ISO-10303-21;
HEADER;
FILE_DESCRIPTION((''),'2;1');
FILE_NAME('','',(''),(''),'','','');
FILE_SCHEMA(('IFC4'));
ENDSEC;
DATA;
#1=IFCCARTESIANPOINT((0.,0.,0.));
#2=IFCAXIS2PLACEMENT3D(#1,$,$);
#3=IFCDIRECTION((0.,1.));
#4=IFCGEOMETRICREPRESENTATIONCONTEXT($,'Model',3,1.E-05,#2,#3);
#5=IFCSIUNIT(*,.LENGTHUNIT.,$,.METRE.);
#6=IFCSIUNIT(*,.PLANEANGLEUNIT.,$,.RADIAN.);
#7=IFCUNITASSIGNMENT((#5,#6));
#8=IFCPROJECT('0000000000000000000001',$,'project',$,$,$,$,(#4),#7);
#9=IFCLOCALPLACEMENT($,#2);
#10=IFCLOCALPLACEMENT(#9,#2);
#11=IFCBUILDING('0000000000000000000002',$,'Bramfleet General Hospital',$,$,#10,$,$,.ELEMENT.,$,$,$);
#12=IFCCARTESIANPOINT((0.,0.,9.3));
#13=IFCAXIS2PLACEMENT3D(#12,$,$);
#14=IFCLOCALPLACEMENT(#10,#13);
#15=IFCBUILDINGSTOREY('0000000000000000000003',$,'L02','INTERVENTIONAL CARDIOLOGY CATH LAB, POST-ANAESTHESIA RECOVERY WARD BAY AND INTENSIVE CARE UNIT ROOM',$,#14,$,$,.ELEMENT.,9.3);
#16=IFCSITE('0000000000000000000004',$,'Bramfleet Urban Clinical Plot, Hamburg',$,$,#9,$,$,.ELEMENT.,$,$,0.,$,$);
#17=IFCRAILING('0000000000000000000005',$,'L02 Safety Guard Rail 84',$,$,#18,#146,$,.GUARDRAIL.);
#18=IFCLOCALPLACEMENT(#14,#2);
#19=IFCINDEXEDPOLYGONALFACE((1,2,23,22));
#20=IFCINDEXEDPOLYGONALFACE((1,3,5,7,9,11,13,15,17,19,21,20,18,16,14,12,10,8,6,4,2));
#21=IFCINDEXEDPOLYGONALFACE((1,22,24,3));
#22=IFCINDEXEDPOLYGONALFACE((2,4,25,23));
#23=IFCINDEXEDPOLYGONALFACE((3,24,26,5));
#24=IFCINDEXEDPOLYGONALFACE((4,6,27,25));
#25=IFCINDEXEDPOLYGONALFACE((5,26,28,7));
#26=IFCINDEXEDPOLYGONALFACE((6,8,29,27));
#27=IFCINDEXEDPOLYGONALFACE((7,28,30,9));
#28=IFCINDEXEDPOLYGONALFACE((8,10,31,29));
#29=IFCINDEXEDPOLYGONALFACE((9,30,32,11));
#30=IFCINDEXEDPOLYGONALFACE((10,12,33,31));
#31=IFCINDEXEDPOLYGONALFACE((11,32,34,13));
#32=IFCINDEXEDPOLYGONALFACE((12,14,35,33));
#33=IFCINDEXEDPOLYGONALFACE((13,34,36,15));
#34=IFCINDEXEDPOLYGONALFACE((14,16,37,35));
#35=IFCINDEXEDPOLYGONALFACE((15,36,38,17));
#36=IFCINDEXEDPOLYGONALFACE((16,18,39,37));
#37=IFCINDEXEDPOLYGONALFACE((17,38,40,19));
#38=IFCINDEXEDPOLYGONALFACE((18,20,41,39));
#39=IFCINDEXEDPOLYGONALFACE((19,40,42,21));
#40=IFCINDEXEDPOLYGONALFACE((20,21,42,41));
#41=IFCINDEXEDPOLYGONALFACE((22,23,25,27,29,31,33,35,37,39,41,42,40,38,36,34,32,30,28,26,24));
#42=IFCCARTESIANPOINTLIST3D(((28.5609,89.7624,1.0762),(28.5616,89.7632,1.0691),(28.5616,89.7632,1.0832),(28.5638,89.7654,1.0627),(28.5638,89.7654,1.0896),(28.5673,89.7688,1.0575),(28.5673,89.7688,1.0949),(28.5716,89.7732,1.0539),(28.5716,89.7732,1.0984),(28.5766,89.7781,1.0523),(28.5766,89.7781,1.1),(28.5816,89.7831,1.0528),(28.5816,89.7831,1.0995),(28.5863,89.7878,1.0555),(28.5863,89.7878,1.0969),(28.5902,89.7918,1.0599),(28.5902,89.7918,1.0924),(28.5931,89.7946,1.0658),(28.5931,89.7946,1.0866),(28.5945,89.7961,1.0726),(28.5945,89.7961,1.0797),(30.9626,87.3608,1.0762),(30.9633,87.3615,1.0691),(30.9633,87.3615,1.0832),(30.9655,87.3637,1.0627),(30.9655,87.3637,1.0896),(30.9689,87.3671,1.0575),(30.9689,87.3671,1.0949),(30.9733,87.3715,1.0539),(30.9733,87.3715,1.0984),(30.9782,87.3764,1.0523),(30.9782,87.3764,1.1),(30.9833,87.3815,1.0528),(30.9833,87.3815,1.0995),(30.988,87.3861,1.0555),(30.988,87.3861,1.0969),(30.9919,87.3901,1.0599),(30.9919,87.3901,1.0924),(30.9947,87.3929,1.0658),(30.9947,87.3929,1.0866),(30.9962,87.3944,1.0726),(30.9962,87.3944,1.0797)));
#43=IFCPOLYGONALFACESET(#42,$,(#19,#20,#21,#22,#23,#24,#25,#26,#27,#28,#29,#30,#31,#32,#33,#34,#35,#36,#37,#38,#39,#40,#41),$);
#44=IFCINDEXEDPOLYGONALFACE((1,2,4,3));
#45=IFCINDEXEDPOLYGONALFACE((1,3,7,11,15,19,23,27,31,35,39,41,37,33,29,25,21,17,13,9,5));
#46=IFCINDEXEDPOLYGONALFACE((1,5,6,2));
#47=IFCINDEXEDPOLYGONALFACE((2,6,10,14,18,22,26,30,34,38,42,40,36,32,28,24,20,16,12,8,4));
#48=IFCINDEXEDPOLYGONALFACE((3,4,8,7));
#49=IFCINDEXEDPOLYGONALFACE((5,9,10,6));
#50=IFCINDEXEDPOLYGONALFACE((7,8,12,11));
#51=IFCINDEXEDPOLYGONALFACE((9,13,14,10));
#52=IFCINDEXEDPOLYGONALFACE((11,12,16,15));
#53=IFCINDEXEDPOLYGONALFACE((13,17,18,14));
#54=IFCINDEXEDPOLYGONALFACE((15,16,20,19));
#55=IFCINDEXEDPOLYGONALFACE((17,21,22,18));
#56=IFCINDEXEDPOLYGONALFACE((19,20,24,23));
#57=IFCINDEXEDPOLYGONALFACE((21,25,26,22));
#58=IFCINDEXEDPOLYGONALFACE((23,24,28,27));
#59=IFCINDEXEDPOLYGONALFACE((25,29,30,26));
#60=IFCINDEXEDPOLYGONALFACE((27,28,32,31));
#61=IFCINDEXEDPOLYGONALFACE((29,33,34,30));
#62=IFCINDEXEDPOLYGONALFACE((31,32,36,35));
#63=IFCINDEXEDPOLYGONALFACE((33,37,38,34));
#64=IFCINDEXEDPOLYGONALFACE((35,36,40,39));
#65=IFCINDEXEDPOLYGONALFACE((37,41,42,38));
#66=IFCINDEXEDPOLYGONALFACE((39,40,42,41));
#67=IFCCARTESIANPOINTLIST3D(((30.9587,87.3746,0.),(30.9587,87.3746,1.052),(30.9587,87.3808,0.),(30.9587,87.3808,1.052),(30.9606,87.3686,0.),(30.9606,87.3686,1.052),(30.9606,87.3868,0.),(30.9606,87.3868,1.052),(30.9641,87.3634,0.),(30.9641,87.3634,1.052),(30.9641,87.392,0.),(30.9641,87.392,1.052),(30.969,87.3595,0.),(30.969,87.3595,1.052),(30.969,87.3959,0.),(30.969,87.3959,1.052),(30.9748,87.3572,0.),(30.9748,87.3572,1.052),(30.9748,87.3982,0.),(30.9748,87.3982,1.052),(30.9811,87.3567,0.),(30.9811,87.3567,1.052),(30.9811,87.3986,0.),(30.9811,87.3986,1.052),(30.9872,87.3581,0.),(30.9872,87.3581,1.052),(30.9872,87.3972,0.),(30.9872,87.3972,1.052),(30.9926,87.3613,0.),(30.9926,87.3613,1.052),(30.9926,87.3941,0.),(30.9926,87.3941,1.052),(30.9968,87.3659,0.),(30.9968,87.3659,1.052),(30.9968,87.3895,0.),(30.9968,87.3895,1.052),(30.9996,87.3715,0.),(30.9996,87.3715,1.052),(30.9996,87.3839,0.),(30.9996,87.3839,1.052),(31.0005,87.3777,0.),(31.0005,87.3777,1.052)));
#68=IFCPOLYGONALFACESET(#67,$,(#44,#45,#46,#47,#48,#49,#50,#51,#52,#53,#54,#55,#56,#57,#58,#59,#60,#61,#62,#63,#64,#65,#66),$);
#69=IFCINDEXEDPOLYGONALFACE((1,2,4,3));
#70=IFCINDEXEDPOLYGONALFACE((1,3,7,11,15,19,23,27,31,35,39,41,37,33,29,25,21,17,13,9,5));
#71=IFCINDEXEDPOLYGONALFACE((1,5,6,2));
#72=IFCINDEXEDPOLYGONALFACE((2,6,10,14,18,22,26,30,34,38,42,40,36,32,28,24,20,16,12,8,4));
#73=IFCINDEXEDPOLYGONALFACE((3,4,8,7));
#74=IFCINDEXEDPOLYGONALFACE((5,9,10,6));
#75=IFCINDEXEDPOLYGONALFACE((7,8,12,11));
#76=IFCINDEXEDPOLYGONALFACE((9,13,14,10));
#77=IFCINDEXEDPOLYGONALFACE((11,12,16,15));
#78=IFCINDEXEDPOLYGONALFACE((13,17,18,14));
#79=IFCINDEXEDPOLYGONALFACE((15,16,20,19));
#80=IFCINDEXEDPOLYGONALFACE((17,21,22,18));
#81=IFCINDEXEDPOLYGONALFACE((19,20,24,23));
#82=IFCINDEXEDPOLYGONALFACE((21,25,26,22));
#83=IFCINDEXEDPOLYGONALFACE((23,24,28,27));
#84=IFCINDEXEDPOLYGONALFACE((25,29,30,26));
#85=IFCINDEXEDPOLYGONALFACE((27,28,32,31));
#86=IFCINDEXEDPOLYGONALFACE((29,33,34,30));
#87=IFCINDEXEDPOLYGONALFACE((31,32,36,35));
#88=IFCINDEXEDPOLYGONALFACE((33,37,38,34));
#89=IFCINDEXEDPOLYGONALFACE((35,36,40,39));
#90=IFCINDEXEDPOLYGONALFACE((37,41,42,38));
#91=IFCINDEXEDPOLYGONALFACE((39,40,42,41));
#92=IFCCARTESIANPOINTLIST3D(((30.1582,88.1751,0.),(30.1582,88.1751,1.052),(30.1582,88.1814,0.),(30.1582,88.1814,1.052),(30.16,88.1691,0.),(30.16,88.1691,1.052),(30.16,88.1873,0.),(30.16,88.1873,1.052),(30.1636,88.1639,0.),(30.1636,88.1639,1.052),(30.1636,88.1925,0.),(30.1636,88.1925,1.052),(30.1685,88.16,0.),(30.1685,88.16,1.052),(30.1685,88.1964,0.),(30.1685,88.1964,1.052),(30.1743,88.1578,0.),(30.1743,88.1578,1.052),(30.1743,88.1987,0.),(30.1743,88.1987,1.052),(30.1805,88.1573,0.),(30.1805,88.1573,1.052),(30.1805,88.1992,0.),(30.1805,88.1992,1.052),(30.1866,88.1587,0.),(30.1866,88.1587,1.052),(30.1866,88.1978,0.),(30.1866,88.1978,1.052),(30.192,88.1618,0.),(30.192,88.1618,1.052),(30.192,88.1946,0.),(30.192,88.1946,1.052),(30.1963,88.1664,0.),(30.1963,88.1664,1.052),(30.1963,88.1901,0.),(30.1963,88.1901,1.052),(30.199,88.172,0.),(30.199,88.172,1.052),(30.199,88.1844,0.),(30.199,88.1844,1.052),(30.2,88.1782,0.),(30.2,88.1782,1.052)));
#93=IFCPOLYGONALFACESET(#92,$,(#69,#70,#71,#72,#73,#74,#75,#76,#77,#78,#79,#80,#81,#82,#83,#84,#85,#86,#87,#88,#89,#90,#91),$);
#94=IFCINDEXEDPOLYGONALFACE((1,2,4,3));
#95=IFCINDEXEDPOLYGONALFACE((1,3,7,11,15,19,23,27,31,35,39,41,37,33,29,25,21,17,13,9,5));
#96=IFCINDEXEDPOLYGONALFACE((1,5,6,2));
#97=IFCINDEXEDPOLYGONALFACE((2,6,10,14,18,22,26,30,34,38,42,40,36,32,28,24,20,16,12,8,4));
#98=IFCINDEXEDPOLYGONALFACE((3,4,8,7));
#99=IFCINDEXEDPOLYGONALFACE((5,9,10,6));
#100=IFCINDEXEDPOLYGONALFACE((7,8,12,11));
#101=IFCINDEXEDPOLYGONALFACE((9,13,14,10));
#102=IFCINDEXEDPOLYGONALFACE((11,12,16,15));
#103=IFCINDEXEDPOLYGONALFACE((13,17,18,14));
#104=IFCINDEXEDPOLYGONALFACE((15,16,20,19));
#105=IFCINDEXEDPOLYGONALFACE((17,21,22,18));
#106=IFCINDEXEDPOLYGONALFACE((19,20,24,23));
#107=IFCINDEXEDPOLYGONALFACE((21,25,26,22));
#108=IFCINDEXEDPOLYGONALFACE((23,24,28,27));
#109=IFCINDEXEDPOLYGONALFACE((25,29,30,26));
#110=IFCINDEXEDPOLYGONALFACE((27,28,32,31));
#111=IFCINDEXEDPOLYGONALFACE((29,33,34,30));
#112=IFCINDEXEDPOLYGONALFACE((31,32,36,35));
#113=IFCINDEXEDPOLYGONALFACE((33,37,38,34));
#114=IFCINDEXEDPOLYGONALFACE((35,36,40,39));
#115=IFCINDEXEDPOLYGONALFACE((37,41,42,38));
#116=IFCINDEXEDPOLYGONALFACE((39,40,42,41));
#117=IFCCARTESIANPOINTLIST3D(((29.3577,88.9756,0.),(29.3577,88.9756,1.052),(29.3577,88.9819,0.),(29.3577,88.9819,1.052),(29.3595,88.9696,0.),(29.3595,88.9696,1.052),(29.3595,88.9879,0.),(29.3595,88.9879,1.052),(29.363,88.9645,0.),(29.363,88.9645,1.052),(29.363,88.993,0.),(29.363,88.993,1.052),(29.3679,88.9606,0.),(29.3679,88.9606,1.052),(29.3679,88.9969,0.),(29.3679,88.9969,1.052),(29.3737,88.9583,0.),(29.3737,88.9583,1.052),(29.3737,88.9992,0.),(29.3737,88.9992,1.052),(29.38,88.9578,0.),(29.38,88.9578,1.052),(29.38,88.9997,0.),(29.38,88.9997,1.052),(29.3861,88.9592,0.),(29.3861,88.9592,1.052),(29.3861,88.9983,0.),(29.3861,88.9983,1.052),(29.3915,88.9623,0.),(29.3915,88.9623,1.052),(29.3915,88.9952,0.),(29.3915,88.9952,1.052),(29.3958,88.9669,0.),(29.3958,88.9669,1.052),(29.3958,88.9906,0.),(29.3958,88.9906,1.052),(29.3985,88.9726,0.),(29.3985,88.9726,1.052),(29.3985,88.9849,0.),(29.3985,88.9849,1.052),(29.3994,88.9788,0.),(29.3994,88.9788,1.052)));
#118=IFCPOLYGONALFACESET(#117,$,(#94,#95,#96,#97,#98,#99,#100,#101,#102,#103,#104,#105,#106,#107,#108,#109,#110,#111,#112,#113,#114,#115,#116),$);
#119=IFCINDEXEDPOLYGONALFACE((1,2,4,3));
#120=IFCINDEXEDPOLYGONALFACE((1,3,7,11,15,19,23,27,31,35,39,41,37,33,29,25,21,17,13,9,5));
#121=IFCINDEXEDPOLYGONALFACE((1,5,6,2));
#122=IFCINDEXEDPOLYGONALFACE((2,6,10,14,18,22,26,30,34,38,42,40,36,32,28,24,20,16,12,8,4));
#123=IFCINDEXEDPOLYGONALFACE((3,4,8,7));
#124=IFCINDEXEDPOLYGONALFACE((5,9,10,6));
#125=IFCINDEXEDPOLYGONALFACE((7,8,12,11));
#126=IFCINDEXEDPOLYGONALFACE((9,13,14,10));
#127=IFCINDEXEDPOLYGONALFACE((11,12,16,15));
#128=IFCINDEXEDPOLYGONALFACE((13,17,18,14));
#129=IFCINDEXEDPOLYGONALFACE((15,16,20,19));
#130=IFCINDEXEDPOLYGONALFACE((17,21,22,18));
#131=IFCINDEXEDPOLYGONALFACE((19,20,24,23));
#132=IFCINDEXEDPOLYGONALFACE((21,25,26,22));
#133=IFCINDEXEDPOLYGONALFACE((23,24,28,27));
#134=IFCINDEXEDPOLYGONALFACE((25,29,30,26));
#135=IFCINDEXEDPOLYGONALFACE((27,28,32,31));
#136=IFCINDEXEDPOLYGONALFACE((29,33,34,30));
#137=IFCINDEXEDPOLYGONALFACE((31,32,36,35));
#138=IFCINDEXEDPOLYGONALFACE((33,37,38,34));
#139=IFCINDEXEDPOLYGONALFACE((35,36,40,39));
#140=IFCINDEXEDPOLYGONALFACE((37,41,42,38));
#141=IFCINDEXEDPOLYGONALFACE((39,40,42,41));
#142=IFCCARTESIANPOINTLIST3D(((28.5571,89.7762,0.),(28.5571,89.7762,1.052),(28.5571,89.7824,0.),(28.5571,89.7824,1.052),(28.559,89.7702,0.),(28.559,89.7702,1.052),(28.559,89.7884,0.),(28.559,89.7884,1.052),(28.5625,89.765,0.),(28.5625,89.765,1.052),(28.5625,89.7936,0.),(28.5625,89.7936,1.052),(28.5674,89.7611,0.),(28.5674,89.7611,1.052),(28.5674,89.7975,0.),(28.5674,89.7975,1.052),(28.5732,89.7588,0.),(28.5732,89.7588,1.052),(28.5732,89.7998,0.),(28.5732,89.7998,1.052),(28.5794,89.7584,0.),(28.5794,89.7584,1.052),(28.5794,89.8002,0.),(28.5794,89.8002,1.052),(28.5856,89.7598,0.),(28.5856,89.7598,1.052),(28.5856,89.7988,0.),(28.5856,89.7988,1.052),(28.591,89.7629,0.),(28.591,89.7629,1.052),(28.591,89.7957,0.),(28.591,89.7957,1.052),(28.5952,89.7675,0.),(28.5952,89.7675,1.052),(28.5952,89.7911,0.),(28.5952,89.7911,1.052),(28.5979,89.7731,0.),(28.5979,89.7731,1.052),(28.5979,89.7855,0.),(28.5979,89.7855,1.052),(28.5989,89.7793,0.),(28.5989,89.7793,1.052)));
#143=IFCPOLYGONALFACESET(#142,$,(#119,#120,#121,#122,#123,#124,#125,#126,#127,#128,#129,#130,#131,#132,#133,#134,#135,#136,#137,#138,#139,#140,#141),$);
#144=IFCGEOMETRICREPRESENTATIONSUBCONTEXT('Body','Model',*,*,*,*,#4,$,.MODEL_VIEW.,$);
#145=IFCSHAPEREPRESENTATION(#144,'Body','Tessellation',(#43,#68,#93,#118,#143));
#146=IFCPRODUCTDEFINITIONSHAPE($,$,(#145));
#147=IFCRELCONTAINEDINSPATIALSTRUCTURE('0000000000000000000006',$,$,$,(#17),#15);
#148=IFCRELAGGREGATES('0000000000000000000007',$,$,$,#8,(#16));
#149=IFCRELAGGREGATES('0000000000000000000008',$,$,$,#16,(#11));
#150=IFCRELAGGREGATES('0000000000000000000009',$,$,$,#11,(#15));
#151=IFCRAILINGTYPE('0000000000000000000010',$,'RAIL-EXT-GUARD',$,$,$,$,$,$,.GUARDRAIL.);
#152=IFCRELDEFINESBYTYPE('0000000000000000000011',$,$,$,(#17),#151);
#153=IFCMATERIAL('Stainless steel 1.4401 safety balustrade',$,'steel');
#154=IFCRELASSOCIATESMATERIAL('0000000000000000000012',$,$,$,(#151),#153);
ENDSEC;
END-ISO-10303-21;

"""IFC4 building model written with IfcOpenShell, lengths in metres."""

from ifc_helpers import new_model, si_unit, direction, frame, origin, origin_2d, place, context, subcontext, project, spatial, circle, extrude, material, type_object, element, save


model = new_model("IFC4")

# Units and contexts
model_context = context("Model", 3, precision=1e-05, world=origin(), true_north=direction((0.0, 1.0)))
body_context = subcontext(model_context, "Body", "Model", "MODEL_VIEW")
ifc_project = project(units=[si_unit("LENGTHUNIT", "METRE"), si_unit("PLANEANGLEUNIT", "RADIAN")], contexts=[model_context])

# Site, building, storey
site_placement = place(None, origin())
site = spatial("IfcSite", under=ifc_project, at=site_placement, Name="Bramfleet Urban Clinical Plot, Hamburg", CompositionType="ELEMENT", RefElevation=0.0)
building_placement = place(site_placement, origin())
building = spatial("IfcBuilding", under=site, at=building_placement, Name="Bramfleet General Hospital", CompositionType="ELEMENT")
storey_placement = place(building_placement, frame((0.0, 0.0, 9.3)))
storey = spatial("IfcBuildingStorey", under=building, at=storey_placement, Name="L02", Description="INTERVENTIONAL CARDIOLOGY CATH LAB, POST-ANAESTHESIA RECOVERY WARD BAY AND INTENSIVE CARE UNIT ROOM", CompositionType="ELEMENT", Elevation=9.3)

# Railing
ifc_material_1 = material(Name="Stainless steel 1.4401 safety balustrade", Category="steel")
railing_type = type_object("IfcRailingType", Name="RAIL-EXT-GUARD", PredefinedType="GUARDRAIL", material=ifc_material_1)
railing_placement = place(storey_placement, frame((30.9795, 87.3777, 0.0)))
element("IfcRailing", 1, at=railing_placement, inside=storey, type_object=railing_type, Name="L02 Safety Guard Rail 84", PredefinedType="GUARDRAIL", context=body_context, shape_type="SweptSolid", body=[
    extrude(circle(Radius=0.0239, at=origin_2d()), frame((0.0, 0.0, 1.0762), z_axis=(-0.707107, 0.707107, 0.0), x_axis=(-0.707107, -0.707107, 0.0)), (0.0, 0.0, 1.0), 3.3965),
    extrude(circle(Radius=0.021, at=origin_2d()), origin(), (0.0, 0.0, 1.0), 1.052),
    extrude(circle(Radius=0.021, at=origin_2d()), frame((-0.8005, 0.8005, 0.0)), (0.0, 0.0, 1.0), 1.052),
    extrude(circle(Radius=0.021, at=origin_2d()), frame((-1.6011, 1.6011, 0.0)), (0.0, 0.0, 1.0), 1.052),
    extrude(circle(Radius=0.021, at=origin_2d()), frame((-2.4016, 2.4016, 0.0)), (0.0, 0.0, 1.0), 1.052),
])

save(model, "model.ifc")
